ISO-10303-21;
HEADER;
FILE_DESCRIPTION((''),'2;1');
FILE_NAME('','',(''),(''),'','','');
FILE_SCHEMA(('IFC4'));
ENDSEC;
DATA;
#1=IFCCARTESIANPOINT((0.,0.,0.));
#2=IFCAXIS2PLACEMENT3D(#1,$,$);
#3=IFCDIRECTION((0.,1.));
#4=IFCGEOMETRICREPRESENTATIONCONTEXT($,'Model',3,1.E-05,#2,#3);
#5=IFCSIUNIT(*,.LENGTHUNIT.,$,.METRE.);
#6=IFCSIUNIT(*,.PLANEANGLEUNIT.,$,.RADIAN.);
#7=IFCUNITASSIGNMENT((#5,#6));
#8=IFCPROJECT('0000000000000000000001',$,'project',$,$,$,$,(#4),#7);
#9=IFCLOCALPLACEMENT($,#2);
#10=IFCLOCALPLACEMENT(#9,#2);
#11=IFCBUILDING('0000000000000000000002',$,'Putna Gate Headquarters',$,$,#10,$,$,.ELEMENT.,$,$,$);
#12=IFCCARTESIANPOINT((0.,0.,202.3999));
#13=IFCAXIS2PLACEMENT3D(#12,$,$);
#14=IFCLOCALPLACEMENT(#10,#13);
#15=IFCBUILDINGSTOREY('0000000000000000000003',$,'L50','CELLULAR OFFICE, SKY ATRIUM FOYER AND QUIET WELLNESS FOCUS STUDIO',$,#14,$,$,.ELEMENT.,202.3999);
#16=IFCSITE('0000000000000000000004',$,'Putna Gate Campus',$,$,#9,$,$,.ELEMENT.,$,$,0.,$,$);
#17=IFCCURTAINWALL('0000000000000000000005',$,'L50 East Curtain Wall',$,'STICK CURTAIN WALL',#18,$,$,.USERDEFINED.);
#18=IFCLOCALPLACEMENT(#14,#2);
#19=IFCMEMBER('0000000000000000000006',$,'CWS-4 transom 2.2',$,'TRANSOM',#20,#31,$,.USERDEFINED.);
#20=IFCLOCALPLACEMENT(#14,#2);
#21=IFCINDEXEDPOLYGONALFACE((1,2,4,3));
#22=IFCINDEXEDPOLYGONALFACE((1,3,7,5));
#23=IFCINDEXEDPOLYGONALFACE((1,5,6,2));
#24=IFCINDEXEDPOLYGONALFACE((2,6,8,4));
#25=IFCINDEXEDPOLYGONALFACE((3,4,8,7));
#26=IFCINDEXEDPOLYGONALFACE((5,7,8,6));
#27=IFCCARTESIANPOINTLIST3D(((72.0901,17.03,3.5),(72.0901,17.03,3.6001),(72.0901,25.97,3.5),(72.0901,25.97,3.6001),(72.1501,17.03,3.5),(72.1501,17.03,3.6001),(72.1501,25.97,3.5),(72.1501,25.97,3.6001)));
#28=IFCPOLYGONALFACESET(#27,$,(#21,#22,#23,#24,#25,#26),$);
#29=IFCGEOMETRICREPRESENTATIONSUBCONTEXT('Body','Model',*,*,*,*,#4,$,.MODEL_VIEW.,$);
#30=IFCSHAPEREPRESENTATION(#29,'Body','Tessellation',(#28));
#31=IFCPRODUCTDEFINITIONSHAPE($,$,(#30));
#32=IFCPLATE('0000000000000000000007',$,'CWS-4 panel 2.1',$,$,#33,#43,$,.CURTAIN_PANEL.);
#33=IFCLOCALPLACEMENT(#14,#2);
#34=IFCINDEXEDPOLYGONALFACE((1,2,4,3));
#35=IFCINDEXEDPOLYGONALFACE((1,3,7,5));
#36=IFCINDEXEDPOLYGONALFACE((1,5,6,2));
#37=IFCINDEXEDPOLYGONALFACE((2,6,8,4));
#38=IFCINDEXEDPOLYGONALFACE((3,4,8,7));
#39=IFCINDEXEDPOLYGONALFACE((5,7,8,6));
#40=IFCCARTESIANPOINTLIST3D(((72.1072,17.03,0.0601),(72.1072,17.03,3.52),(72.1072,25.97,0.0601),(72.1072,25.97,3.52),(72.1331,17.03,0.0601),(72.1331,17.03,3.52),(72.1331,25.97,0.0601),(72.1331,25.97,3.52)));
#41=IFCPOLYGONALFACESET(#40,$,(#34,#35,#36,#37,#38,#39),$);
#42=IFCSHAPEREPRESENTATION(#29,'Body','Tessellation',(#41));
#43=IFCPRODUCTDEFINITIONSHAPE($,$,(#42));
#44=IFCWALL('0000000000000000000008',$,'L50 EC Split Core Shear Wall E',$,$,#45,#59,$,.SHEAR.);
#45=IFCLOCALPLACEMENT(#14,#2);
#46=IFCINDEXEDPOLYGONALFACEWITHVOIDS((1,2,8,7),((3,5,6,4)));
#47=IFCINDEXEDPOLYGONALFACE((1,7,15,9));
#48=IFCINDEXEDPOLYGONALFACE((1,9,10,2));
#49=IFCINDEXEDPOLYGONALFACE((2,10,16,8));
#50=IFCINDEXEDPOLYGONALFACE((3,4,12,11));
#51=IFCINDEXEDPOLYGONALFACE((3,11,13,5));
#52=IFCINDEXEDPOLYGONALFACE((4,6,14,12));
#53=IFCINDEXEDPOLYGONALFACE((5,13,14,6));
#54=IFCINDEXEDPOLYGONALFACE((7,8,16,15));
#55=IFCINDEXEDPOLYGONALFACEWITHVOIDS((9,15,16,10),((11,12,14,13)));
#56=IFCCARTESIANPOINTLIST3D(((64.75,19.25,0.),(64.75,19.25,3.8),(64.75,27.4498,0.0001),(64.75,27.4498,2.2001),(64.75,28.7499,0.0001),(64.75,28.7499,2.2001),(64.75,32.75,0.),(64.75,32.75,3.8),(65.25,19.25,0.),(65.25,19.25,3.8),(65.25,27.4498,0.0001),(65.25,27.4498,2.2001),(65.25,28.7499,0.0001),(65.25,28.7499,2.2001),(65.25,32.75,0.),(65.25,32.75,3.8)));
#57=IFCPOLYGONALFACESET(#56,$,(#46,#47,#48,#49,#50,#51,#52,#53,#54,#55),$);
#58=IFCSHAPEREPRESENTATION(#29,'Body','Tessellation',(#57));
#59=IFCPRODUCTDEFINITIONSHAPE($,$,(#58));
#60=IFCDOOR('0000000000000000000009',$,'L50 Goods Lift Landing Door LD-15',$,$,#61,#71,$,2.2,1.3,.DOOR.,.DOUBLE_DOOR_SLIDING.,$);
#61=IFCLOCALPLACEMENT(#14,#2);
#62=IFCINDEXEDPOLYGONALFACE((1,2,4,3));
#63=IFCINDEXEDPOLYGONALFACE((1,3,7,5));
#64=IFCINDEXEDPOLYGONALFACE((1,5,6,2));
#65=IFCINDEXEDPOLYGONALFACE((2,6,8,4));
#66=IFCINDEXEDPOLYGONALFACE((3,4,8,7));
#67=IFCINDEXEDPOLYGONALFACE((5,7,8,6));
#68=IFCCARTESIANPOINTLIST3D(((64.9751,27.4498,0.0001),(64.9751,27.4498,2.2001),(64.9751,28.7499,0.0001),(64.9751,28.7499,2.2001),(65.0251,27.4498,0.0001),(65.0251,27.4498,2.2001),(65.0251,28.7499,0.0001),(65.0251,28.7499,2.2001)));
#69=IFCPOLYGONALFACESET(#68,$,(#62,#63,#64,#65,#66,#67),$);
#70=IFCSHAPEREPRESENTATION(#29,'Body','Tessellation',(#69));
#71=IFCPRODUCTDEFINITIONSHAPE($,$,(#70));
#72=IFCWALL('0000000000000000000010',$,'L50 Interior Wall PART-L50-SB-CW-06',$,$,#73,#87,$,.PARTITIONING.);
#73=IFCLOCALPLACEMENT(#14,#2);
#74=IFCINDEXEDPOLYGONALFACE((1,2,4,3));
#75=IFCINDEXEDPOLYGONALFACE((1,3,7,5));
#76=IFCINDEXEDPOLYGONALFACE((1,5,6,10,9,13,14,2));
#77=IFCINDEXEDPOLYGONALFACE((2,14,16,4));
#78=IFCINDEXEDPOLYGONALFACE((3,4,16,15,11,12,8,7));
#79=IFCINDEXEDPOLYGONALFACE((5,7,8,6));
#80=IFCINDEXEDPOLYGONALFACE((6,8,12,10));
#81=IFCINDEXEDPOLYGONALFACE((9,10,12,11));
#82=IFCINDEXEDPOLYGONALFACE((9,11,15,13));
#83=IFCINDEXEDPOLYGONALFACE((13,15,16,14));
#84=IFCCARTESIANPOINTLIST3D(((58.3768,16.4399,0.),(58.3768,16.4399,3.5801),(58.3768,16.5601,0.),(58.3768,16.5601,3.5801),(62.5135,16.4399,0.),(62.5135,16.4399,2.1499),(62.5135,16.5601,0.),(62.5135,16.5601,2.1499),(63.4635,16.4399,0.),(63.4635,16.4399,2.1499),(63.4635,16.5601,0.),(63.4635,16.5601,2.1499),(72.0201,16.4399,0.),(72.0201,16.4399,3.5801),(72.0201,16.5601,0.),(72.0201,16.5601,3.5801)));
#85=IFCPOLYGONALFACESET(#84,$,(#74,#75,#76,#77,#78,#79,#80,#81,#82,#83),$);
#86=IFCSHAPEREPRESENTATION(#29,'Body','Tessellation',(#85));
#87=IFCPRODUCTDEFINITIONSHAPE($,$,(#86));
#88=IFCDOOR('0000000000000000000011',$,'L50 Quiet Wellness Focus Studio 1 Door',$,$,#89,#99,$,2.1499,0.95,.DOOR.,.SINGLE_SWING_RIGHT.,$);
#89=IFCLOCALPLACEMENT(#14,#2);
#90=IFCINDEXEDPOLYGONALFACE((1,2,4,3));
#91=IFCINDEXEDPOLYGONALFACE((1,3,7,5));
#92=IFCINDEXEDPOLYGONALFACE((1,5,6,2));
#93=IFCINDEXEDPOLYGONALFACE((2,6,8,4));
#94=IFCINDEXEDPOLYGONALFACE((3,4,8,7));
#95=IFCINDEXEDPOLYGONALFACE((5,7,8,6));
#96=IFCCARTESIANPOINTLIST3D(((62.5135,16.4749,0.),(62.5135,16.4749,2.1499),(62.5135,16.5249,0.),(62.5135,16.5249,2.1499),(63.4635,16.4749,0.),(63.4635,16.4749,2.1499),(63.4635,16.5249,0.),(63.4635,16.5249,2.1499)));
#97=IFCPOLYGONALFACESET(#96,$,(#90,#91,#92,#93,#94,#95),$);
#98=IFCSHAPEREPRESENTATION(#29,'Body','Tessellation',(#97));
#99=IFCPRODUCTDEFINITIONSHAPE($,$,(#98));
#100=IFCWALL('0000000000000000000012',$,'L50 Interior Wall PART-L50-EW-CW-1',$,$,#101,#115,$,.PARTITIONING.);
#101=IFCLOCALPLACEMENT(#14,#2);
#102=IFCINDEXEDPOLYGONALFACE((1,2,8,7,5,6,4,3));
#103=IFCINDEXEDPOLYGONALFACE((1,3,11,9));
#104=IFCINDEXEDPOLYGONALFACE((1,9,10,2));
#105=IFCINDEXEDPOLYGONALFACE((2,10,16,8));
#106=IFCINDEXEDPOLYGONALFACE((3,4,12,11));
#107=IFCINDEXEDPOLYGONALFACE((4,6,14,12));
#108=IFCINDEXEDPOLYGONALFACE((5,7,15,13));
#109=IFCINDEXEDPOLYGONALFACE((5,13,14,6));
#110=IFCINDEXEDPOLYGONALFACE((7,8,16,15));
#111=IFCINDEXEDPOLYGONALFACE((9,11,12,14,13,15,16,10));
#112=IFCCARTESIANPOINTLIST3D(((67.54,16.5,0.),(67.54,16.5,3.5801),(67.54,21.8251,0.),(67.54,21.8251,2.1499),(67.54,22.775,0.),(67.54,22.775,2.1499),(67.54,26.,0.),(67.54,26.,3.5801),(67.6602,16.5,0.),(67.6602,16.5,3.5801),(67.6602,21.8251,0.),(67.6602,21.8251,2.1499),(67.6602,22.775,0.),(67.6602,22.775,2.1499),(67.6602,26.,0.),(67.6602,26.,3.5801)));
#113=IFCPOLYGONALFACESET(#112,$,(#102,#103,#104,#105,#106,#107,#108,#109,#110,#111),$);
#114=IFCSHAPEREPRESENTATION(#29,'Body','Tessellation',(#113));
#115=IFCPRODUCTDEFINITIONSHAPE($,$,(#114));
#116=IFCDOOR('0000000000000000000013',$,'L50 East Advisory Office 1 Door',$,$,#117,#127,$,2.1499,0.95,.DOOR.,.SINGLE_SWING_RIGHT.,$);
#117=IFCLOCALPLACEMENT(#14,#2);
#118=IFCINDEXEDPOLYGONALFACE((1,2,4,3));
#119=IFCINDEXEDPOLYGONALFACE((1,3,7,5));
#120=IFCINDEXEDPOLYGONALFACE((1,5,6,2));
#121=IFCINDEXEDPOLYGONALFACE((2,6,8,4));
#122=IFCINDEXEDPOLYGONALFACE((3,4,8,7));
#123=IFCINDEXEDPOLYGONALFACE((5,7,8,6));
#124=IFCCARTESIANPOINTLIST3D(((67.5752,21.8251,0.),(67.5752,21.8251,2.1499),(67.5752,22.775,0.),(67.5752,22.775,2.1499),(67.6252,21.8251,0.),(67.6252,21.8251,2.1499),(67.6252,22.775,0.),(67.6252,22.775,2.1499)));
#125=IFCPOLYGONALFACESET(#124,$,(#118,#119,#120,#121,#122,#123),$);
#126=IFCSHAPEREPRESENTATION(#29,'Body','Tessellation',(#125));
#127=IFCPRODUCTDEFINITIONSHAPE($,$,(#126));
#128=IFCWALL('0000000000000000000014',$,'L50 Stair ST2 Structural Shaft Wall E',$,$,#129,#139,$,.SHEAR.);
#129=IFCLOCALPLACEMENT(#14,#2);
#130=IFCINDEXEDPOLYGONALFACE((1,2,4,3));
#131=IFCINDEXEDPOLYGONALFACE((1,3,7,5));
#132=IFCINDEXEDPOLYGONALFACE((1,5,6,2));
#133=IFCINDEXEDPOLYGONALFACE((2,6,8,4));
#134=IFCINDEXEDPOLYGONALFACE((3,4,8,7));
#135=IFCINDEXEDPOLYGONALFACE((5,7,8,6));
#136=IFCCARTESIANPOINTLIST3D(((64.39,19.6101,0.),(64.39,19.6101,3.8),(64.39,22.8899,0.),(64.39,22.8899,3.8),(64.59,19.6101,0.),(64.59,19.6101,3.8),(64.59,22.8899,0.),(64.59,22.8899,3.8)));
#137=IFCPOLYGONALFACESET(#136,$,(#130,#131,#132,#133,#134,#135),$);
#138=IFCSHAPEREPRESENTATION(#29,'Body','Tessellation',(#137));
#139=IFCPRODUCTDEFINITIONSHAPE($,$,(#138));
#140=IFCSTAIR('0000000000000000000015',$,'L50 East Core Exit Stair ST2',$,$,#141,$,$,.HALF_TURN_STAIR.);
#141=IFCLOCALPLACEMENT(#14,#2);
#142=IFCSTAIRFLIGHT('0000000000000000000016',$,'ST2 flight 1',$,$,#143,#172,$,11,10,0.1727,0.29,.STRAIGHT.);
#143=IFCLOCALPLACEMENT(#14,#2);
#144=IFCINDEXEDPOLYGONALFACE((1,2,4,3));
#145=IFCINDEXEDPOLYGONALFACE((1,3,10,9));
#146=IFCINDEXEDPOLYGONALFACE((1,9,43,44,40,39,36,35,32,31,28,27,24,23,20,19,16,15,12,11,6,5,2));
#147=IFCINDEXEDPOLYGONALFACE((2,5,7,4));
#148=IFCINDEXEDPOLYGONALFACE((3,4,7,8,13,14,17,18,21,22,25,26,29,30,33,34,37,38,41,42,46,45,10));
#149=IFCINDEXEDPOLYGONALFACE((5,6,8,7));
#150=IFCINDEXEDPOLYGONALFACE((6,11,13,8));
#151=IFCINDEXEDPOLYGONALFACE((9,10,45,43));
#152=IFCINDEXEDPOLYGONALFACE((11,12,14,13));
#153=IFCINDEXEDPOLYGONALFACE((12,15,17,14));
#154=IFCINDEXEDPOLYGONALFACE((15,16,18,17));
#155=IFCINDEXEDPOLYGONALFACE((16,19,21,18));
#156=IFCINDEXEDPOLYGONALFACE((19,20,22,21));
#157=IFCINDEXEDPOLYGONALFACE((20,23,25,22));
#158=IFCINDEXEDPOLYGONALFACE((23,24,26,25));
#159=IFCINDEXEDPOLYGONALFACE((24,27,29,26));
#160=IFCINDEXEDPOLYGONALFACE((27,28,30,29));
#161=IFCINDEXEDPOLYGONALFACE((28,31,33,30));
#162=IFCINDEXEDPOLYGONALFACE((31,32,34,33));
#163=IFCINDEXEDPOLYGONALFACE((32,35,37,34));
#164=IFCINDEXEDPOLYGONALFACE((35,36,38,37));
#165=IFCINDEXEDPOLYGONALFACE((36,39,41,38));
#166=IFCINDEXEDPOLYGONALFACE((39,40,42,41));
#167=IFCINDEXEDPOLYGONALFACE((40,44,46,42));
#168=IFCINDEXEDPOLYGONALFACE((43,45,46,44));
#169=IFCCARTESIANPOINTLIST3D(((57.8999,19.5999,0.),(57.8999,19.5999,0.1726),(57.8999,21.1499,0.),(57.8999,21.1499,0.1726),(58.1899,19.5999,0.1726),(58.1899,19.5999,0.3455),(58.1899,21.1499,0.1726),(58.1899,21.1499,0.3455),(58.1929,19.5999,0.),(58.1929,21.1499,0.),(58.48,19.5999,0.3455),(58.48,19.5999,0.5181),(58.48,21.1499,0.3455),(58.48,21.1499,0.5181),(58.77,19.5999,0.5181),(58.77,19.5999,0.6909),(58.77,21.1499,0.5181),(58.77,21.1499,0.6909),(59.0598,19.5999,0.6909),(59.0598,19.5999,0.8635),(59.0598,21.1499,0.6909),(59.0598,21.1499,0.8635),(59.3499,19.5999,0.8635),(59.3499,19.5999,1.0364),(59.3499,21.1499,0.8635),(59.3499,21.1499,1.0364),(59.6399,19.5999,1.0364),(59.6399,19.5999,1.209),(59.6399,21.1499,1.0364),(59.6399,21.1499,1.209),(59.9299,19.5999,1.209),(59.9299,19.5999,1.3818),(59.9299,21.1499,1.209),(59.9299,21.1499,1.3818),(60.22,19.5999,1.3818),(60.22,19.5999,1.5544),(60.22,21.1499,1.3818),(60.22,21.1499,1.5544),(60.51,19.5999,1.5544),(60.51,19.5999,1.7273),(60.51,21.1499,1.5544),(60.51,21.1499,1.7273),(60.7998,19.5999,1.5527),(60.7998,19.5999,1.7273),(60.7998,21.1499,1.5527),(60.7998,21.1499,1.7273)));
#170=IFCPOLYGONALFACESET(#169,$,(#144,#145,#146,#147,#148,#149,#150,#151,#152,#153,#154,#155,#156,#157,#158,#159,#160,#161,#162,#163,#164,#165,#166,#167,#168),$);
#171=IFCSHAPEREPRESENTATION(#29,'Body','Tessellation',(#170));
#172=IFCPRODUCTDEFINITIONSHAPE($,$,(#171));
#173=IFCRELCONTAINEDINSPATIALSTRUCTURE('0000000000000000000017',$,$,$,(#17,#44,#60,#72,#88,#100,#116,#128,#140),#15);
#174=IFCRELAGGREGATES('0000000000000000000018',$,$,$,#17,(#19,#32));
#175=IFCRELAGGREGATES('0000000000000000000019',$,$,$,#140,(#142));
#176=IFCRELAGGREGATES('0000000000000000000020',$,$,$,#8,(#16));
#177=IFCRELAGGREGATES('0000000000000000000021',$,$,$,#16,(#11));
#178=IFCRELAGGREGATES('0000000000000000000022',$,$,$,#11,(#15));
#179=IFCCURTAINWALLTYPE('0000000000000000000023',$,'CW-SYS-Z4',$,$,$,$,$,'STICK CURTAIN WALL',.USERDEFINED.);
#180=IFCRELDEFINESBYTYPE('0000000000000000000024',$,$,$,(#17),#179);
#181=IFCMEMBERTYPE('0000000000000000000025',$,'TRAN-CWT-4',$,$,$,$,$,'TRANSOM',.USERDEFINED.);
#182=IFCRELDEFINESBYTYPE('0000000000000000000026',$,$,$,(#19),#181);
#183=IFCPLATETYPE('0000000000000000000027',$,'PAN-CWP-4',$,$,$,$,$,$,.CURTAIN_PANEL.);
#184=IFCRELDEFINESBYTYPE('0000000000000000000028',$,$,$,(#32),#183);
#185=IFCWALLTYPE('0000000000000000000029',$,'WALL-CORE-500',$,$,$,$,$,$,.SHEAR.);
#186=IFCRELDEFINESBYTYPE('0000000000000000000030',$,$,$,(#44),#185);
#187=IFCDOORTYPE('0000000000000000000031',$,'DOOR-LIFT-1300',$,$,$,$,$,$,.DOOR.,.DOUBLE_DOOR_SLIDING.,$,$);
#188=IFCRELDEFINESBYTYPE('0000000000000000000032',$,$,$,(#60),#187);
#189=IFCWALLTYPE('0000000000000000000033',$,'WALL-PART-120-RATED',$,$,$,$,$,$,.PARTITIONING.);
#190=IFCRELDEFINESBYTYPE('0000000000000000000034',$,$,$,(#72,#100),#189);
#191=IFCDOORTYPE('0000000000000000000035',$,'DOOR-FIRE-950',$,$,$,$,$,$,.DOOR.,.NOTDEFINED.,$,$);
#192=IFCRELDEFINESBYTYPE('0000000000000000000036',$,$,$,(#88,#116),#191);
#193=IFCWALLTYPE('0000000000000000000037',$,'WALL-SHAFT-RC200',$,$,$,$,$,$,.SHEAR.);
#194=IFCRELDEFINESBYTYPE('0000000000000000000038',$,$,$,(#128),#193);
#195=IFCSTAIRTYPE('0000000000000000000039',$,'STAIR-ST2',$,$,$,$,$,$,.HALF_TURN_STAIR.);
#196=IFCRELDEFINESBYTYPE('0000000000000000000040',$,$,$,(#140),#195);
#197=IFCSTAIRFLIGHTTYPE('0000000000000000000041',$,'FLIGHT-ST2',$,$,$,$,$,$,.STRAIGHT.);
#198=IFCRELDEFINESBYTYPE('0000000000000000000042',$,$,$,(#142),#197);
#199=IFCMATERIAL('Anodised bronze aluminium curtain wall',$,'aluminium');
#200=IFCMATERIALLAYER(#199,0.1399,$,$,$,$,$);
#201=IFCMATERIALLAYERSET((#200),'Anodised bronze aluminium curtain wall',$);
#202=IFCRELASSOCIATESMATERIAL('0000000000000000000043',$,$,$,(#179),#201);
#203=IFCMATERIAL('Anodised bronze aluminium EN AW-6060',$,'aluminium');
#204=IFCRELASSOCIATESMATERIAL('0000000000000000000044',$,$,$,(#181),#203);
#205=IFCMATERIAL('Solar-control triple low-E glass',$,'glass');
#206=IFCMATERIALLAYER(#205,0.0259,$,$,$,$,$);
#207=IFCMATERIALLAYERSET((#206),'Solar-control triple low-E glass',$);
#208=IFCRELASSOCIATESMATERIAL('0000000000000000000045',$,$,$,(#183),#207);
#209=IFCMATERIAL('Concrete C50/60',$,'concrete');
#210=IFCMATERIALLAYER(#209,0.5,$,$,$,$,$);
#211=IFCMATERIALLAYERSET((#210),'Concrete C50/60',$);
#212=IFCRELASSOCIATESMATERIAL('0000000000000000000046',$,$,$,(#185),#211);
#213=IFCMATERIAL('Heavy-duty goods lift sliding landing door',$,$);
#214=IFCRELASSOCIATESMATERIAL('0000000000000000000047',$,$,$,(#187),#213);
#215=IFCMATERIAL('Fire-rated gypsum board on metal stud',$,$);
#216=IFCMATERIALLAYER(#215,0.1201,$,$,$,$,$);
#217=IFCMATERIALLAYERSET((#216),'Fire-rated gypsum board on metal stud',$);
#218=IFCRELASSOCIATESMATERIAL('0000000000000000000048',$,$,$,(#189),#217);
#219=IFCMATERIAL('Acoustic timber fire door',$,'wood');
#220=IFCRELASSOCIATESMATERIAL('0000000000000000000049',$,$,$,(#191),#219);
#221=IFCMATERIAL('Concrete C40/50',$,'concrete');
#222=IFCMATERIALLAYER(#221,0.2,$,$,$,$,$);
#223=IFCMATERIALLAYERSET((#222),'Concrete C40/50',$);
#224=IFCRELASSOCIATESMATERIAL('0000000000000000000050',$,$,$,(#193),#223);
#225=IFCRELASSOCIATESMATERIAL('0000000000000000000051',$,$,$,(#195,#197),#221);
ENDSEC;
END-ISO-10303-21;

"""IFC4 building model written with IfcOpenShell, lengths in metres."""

from ifc_helpers import new_model, si_unit, direction, frame, frame_2d, origin, origin_2d, place, context, subcontext, project, spatial, polyline, rectangle, outline, extrude, material, layer, layer_set, material_profile, profile_set, type_object, element, fill, aggregate, save


model = new_model("IFC4")

# Units and contexts
model_context = context("Model", 3, precision=1e-05, world=origin(), true_north=direction((0.0, 1.0)))
body_context = subcontext(model_context, "Body", "Model", "MODEL_VIEW")
ifc_project = project(units=[si_unit("LENGTHUNIT", "METRE"), si_unit("PLANEANGLEUNIT", "RADIAN")], contexts=[model_context])

# Site, building, storey
site_placement = place(None, origin())
site = spatial("IfcSite", under=ifc_project, at=site_placement, Name="Putna Gate Campus", CompositionType="ELEMENT", RefElevation=0.0)
building_placement = place(site_placement, origin())
building = spatial("IfcBuilding", under=site, at=building_placement, Name="Putna Gate Headquarters", CompositionType="ELEMENT")
storey_placement = place(building_placement, frame((0.0, 0.0, 202.3999)))
storey = spatial("IfcBuildingStorey", under=building, at=storey_placement, Name="L50", Description="CELLULAR OFFICE, SKY ATRIUM FOYER AND QUIET WELLNESS FOCUS STUDIO", CompositionType="ELEMENT", Elevation=202.3999)

# Curtain wall, member, plate
ifc_material_1 = material(Name="Anodised bronze aluminium curtain wall", Category="aluminium")
ifc_layer_1 = layer(ifc_material_1, 0.1399)
ifc_layer_set_1 = layer_set([ifc_layer_1], Name="Anodised bronze aluminium curtain wall")
curtain_wall_type = type_object("IfcCurtainWallType", Name="CW-SYS-Z4", ElementType="STICK CURTAIN WALL", PredefinedType="USERDEFINED", material=ifc_layer_set_1)
curtain_wall_placement = place(storey_placement, origin())
curtain_wall = element("IfcCurtainWall", 1, at=curtain_wall_placement, inside=storey, type_object=curtain_wall_type, Name="L50 East Curtain Wall", ObjectType="STICK CURTAIN WALL", PredefinedType="USERDEFINED")
ifc_material_2 = material(Name="Anodised bronze aluminium EN AW-6060", Category="aluminium")
ifc_material_profile_1 = material_profile(ifc_material_2, rectangle(XDim=0.0601, YDim=0.1001, at=origin_2d()), Name="Anodised bronze aluminium EN AW-6060")
ifc_profile_set_1 = profile_set([ifc_material_profile_1], Name="Anodised bronze aluminium EN AW-6060")
member_type_1 = type_object("IfcMemberType", Name="TRAN-CWT-4", ElementType="TRANSOM", PredefinedType="USERDEFINED", material=ifc_profile_set_1)
member_1_placement = place(storey_placement, frame((72.1201, 17.03, 3.55), z_axis=(0.0, 1.0, 0.0), x_axis=(-1.0, 0.0, 0.0)))
member_1 = element("IfcMember", 2, at=member_1_placement, type_object=member_type_1, Name="CWS-4 transom 2.2", ObjectType="TRANSOM", PredefinedType="USERDEFINED", context=body_context, shape_type="SweptSolid", body=[
    extrude(rectangle(XDim=0.0601, YDim=0.1001, at=origin_2d()), origin(), (0.0, 0.0, 1.0), 8.9399),
])
ifc_material_3 = material(Name="Solar-control triple low-E glass", Category="glass")
ifc_layer_2 = layer(ifc_material_3, 0.0259)
ifc_layer_set_2 = layer_set([ifc_layer_2], Name="Solar-control triple low-E glass")
plate_type = type_object("IfcPlateType", Name="PAN-CWP-4", PredefinedType="CURTAIN_PANEL", material=ifc_layer_set_2)
plate_placement = place(storey_placement, frame((72.1201, 21.5, 0.0601), z_axis=(0.0, 0.0, 1.0), x_axis=(0.0, 1.0, 0.0)))
plate = element("IfcPlate", 3, at=plate_placement, type_object=plate_type, Name="CWS-4 panel 2.1", PredefinedType="CURTAIN_PANEL", context=body_context, shape_type="SweptSolid", body=[
    extrude(rectangle(XDim=8.9399, YDim=0.0259, at=origin_2d()), origin(), (0.0, 0.0, 1.0), 3.46),
])
aggregate(curtain_wall, [member_1, plate])

# Walls, openings, doors
ifc_material_4 = material(Name="Concrete C50/60", Category="concrete")
ifc_layer_3 = layer(ifc_material_4, 0.5)
ifc_layer_set_3 = layer_set([ifc_layer_3], Name="Concrete C50/60")
wall_type_1 = type_object("IfcWallType", Name="WALL-CORE-500", PredefinedType="SHEAR", material=ifc_layer_set_3)
wall_1_placement = place(storey_placement, frame((65.0, 19.25, 0.0), z_axis=(0.0, 0.0, 1.0), x_axis=(0.0, 1.0, 0.0)))
wall_1 = element("IfcWall", 4, at=wall_1_placement, inside=storey, type_object=wall_type_1, Name="L50 EC Split Core Shear Wall E", PredefinedType="SHEAR", context=body_context, shape_type="SweptSolid", body=[
    extrude(rectangle(XDim=13.5, YDim=0.5, at=frame_2d((6.75, 0.0))), origin(), (0.0, 0.0, 1.0), 3.8),
])
opening_1_placement = place(wall_1_placement, frame((8.2, 0.0, 0.0)))
opening_1 = element("IfcOpeningElement", 5, at=opening_1_placement, cuts=wall_1, PredefinedType="OPENING", context=body_context, shape_type="SweptSolid", body=[
    extrude(rectangle(XDim=1.3, YDim=2.2, at=frame_2d((0.6499, 1.1001))), frame((0.0, 0.26, 0.0), z_axis=(0.0, -1.0, 0.0), x_axis=(1.0, 0.0, 0.0)), (0.0, 0.0, 1.0), 0.52),
])
ifc_material_5 = material(Name="Heavy-duty goods lift sliding landing door")
door_type_1 = type_object("IfcDoorType", Name="DOOR-LIFT-1300", OperationType="DOUBLE_DOOR_SLIDING", PredefinedType="DOOR", material=ifc_material_5)
door_1_placement = place(opening_1_placement, origin())
door_1 = element("IfcDoor", 6, at=door_1_placement, inside=storey, type_object=door_type_1, Name="L50 Goods Lift Landing Door LD-15", OperationType="DOUBLE_DOOR_SLIDING", OverallHeight=2.2, OverallWidth=1.3, PredefinedType="DOOR", context=body_context, shape_type="SweptSolid", body=[
    extrude(rectangle(XDim=1.3, YDim=2.2, at=frame_2d((0.6499, 1.1001))), frame((0.0, 0.0249, 0.0), z_axis=(0.0, -1.0, 0.0), x_axis=(1.0, 0.0, 0.0)), (0.0, 0.0, 1.0), 0.05),
])
fill(opening_1, door_1)
ifc_material_6 = material(Name="Fire-rated gypsum board on metal stud")
ifc_layer_4 = layer(ifc_material_6, 0.1201)
ifc_layer_set_4 = layer_set([ifc_layer_4], Name="Fire-rated gypsum board on metal stud")
wall_type_2 = type_object("IfcWallType", Name="WALL-PART-120-RATED", PredefinedType="PARTITIONING", material=ifc_layer_set_4)
wall_2_placement = place(storey_placement, frame((58.3767, 16.5, 0.0), z_axis=(0.0, 0.0, 1.0), x_axis=(1.0, 0.0, 0.0)))
wall_2 = element("IfcWall", 7, at=wall_2_placement, inside=storey, type_object=wall_type_2, Name="L50 Interior Wall PART-L50-SB-CW-06", PredefinedType="PARTITIONING", context=body_context, shape_type="SweptSolid", body=[
    extrude(rectangle(XDim=13.6433, YDim=0.1201, at=frame_2d((6.8218, 0.0))), origin(), (0.0, 0.0, 1.0), 3.5801),
])
opening_2_placement = place(wall_2_placement, frame((4.1367, 0.0, 0.0)))
opening_2 = element("IfcOpeningElement", 8, at=opening_2_placement, cuts=wall_2, PredefinedType="OPENING", context=body_context, shape_type="SweptSolid", body=[
    extrude(rectangle(XDim=0.95, YDim=2.1499, at=frame_2d((0.4751, 1.075))), frame((0.0, 0.0701, 0.0), z_axis=(0.0, -1.0, 0.0), x_axis=(1.0, 0.0, 0.0)), (0.0, 0.0, 1.0), 0.1401),
])
ifc_material_7 = material(Name="Acoustic timber fire door", Category="wood")
door_type_2 = type_object("IfcDoorType", Name="DOOR-FIRE-950", OperationType="NOTDEFINED", PredefinedType="DOOR", material=ifc_material_7)
door_2_placement = place(opening_2_placement, origin())
door_2 = element("IfcDoor", 9, at=door_2_placement, inside=storey, type_object=door_type_2, Name="L50 Quiet Wellness Focus Studio 1 Door", OperationType="SINGLE_SWING_RIGHT", OverallHeight=2.1499, OverallWidth=0.95, PredefinedType="DOOR", context=body_context, shape_type="SweptSolid", body=[
    extrude(rectangle(XDim=0.95, YDim=2.1499, at=frame_2d((0.4751, 1.075))), frame((0.0, 0.0249, 0.0), z_axis=(0.0, -1.0, 0.0), x_axis=(1.0, 0.0, 0.0)), (0.0, 0.0, 1.0), 0.05),
])
fill(opening_2, door_2)
wall_3_placement = place(storey_placement, frame((67.6001, 16.5, 0.0), z_axis=(0.0, 0.0, 1.0), x_axis=(0.0, 1.0, 0.0)))
wall_3 = element("IfcWall", 10, at=wall_3_placement, inside=storey, type_object=wall_type_2, Name="L50 Interior Wall PART-L50-EW-CW-1", PredefinedType="PARTITIONING", context=body_context, shape_type="SweptSolid", body=[
    extrude(rectangle(XDim=9.5, YDim=0.1201, at=frame_2d((4.75, 0.0))), origin(), (0.0, 0.0, 1.0), 3.5801),
])
opening_3_placement = place(wall_3_placement, frame((5.325, 0.0, 0.0)))
opening_3 = element("IfcOpeningElement", 11, at=opening_3_placement, cuts=wall_3, PredefinedType="OPENING", context=body_context, shape_type="SweptSolid", body=[
    extrude(rectangle(XDim=0.95, YDim=2.1499, at=frame_2d((0.4751, 1.075))), frame((0.0, 0.0701, 0.0), z_axis=(0.0, -1.0, 0.0), x_axis=(1.0, 0.0, 0.0)), (0.0, 0.0, 1.0), 0.1401),
])
door_3_placement = place(opening_3_placement, origin())
door_3 = element("IfcDoor", 12, at=door_3_placement, inside=storey, type_object=door_type_2, Name="L50 East Advisory Office 1 Door", OperationType="SINGLE_SWING_RIGHT", OverallHeight=2.1499, OverallWidth=0.95, PredefinedType="DOOR", context=body_context, shape_type="SweptSolid", body=[
    extrude(rectangle(XDim=0.95, YDim=2.1499, at=frame_2d((0.4751, 1.075))), frame((0.0, 0.0249, 0.0), z_axis=(0.0, -1.0, 0.0), x_axis=(1.0, 0.0, 0.0)), (0.0, 0.0, 1.0), 0.05),
])
fill(opening_3, door_3)

# Wall
ifc_material_8 = material(Name="Concrete C40/50", Category="concrete")
ifc_layer_5 = layer(ifc_material_8, 0.2)
ifc_layer_set_5 = layer_set([ifc_layer_5], Name="Concrete C40/50")
wall_type_3 = type_object("IfcWallType", Name="WALL-SHAFT-RC200", PredefinedType="SHEAR", material=ifc_layer_set_5)
wall_4_placement = place(storey_placement, frame((64.49, 19.6101, 0.0), z_axis=(0.0, 0.0, 1.0), x_axis=(0.0, 1.0, 0.0)))
element("IfcWall", 13, at=wall_4_placement, inside=storey, type_object=wall_type_3, Name="L50 Stair ST2 Structural Shaft Wall E", PredefinedType="SHEAR", context=body_context, shape_type="SweptSolid", body=[
    extrude(rectangle(XDim=3.2798, YDim=0.2, at=frame_2d((1.6399, 0.0))), origin(), (0.0, 0.0, 1.0), 3.8),
])

# Stair, stair flight
stair_type = type_object("IfcStairType", Name="STAIR-ST2", PredefinedType="HALF_TURN_STAIR", material=ifc_material_8)
stair_placement = place(storey_placement, origin())
stair = element("IfcStair", 14, at=stair_placement, inside=storey, type_object=stair_type, Name="L50 East Core Exit Stair ST2", PredefinedType="HALF_TURN_STAIR")
stair_flight_type = type_object("IfcStairFlightType", Name="FLIGHT-ST2", PredefinedType="STRAIGHT", material=ifc_material_8)
stair_flight_1_placement = place(storey_placement, frame((57.8999, 20.375, 0.0), z_axis=(0.0, 0.0, 1.0), x_axis=(1.0, 0.0, 0.0)))
stair_flight_1 = element("IfcStairFlight", 15, at=stair_flight_1_placement, type_object=stair_flight_type, Name="ST2 flight 1", NumberOfRisers=11, NumberOfTreads=10, PredefinedType="STRAIGHT", RiserHeight=0.1727, TreadLength=0.29, context=body_context, shape_type="SweptSolid", body=[
    extrude(outline(polyline([(0.0, 0.0), (0.0, 0.1726), (0.29, 0.1726), (0.29, 0.3455), (0.5801, 0.3455), (0.5801, 0.5181), (0.8701, 0.5181), (0.8701, 0.6909), (1.1599, 0.6909), (1.1599, 0.8635), (1.45, 0.8635), (1.45, 1.0364), (1.74, 1.0364), (1.74, 1.209), (2.03, 1.209), (2.03, 1.3818), (2.3201, 1.3818), (2.3201, 1.5544), (2.6101, 1.5544), (2.6101, 1.7273), (2.8999, 1.7273), (2.8999, 1.8999), (2.8999, 1.5527), (0.293, 0.0), (0.0, 0.0)])), frame((0.0, 0.7749, 0.0), z_axis=(0.0, -1.0, 0.0), x_axis=(1.0, 0.0, 0.0)), (0.0, 0.0, 1.0), 1.55),
])
aggregate(stair, [stair_flight_1])

save(model, "model.ifc")
